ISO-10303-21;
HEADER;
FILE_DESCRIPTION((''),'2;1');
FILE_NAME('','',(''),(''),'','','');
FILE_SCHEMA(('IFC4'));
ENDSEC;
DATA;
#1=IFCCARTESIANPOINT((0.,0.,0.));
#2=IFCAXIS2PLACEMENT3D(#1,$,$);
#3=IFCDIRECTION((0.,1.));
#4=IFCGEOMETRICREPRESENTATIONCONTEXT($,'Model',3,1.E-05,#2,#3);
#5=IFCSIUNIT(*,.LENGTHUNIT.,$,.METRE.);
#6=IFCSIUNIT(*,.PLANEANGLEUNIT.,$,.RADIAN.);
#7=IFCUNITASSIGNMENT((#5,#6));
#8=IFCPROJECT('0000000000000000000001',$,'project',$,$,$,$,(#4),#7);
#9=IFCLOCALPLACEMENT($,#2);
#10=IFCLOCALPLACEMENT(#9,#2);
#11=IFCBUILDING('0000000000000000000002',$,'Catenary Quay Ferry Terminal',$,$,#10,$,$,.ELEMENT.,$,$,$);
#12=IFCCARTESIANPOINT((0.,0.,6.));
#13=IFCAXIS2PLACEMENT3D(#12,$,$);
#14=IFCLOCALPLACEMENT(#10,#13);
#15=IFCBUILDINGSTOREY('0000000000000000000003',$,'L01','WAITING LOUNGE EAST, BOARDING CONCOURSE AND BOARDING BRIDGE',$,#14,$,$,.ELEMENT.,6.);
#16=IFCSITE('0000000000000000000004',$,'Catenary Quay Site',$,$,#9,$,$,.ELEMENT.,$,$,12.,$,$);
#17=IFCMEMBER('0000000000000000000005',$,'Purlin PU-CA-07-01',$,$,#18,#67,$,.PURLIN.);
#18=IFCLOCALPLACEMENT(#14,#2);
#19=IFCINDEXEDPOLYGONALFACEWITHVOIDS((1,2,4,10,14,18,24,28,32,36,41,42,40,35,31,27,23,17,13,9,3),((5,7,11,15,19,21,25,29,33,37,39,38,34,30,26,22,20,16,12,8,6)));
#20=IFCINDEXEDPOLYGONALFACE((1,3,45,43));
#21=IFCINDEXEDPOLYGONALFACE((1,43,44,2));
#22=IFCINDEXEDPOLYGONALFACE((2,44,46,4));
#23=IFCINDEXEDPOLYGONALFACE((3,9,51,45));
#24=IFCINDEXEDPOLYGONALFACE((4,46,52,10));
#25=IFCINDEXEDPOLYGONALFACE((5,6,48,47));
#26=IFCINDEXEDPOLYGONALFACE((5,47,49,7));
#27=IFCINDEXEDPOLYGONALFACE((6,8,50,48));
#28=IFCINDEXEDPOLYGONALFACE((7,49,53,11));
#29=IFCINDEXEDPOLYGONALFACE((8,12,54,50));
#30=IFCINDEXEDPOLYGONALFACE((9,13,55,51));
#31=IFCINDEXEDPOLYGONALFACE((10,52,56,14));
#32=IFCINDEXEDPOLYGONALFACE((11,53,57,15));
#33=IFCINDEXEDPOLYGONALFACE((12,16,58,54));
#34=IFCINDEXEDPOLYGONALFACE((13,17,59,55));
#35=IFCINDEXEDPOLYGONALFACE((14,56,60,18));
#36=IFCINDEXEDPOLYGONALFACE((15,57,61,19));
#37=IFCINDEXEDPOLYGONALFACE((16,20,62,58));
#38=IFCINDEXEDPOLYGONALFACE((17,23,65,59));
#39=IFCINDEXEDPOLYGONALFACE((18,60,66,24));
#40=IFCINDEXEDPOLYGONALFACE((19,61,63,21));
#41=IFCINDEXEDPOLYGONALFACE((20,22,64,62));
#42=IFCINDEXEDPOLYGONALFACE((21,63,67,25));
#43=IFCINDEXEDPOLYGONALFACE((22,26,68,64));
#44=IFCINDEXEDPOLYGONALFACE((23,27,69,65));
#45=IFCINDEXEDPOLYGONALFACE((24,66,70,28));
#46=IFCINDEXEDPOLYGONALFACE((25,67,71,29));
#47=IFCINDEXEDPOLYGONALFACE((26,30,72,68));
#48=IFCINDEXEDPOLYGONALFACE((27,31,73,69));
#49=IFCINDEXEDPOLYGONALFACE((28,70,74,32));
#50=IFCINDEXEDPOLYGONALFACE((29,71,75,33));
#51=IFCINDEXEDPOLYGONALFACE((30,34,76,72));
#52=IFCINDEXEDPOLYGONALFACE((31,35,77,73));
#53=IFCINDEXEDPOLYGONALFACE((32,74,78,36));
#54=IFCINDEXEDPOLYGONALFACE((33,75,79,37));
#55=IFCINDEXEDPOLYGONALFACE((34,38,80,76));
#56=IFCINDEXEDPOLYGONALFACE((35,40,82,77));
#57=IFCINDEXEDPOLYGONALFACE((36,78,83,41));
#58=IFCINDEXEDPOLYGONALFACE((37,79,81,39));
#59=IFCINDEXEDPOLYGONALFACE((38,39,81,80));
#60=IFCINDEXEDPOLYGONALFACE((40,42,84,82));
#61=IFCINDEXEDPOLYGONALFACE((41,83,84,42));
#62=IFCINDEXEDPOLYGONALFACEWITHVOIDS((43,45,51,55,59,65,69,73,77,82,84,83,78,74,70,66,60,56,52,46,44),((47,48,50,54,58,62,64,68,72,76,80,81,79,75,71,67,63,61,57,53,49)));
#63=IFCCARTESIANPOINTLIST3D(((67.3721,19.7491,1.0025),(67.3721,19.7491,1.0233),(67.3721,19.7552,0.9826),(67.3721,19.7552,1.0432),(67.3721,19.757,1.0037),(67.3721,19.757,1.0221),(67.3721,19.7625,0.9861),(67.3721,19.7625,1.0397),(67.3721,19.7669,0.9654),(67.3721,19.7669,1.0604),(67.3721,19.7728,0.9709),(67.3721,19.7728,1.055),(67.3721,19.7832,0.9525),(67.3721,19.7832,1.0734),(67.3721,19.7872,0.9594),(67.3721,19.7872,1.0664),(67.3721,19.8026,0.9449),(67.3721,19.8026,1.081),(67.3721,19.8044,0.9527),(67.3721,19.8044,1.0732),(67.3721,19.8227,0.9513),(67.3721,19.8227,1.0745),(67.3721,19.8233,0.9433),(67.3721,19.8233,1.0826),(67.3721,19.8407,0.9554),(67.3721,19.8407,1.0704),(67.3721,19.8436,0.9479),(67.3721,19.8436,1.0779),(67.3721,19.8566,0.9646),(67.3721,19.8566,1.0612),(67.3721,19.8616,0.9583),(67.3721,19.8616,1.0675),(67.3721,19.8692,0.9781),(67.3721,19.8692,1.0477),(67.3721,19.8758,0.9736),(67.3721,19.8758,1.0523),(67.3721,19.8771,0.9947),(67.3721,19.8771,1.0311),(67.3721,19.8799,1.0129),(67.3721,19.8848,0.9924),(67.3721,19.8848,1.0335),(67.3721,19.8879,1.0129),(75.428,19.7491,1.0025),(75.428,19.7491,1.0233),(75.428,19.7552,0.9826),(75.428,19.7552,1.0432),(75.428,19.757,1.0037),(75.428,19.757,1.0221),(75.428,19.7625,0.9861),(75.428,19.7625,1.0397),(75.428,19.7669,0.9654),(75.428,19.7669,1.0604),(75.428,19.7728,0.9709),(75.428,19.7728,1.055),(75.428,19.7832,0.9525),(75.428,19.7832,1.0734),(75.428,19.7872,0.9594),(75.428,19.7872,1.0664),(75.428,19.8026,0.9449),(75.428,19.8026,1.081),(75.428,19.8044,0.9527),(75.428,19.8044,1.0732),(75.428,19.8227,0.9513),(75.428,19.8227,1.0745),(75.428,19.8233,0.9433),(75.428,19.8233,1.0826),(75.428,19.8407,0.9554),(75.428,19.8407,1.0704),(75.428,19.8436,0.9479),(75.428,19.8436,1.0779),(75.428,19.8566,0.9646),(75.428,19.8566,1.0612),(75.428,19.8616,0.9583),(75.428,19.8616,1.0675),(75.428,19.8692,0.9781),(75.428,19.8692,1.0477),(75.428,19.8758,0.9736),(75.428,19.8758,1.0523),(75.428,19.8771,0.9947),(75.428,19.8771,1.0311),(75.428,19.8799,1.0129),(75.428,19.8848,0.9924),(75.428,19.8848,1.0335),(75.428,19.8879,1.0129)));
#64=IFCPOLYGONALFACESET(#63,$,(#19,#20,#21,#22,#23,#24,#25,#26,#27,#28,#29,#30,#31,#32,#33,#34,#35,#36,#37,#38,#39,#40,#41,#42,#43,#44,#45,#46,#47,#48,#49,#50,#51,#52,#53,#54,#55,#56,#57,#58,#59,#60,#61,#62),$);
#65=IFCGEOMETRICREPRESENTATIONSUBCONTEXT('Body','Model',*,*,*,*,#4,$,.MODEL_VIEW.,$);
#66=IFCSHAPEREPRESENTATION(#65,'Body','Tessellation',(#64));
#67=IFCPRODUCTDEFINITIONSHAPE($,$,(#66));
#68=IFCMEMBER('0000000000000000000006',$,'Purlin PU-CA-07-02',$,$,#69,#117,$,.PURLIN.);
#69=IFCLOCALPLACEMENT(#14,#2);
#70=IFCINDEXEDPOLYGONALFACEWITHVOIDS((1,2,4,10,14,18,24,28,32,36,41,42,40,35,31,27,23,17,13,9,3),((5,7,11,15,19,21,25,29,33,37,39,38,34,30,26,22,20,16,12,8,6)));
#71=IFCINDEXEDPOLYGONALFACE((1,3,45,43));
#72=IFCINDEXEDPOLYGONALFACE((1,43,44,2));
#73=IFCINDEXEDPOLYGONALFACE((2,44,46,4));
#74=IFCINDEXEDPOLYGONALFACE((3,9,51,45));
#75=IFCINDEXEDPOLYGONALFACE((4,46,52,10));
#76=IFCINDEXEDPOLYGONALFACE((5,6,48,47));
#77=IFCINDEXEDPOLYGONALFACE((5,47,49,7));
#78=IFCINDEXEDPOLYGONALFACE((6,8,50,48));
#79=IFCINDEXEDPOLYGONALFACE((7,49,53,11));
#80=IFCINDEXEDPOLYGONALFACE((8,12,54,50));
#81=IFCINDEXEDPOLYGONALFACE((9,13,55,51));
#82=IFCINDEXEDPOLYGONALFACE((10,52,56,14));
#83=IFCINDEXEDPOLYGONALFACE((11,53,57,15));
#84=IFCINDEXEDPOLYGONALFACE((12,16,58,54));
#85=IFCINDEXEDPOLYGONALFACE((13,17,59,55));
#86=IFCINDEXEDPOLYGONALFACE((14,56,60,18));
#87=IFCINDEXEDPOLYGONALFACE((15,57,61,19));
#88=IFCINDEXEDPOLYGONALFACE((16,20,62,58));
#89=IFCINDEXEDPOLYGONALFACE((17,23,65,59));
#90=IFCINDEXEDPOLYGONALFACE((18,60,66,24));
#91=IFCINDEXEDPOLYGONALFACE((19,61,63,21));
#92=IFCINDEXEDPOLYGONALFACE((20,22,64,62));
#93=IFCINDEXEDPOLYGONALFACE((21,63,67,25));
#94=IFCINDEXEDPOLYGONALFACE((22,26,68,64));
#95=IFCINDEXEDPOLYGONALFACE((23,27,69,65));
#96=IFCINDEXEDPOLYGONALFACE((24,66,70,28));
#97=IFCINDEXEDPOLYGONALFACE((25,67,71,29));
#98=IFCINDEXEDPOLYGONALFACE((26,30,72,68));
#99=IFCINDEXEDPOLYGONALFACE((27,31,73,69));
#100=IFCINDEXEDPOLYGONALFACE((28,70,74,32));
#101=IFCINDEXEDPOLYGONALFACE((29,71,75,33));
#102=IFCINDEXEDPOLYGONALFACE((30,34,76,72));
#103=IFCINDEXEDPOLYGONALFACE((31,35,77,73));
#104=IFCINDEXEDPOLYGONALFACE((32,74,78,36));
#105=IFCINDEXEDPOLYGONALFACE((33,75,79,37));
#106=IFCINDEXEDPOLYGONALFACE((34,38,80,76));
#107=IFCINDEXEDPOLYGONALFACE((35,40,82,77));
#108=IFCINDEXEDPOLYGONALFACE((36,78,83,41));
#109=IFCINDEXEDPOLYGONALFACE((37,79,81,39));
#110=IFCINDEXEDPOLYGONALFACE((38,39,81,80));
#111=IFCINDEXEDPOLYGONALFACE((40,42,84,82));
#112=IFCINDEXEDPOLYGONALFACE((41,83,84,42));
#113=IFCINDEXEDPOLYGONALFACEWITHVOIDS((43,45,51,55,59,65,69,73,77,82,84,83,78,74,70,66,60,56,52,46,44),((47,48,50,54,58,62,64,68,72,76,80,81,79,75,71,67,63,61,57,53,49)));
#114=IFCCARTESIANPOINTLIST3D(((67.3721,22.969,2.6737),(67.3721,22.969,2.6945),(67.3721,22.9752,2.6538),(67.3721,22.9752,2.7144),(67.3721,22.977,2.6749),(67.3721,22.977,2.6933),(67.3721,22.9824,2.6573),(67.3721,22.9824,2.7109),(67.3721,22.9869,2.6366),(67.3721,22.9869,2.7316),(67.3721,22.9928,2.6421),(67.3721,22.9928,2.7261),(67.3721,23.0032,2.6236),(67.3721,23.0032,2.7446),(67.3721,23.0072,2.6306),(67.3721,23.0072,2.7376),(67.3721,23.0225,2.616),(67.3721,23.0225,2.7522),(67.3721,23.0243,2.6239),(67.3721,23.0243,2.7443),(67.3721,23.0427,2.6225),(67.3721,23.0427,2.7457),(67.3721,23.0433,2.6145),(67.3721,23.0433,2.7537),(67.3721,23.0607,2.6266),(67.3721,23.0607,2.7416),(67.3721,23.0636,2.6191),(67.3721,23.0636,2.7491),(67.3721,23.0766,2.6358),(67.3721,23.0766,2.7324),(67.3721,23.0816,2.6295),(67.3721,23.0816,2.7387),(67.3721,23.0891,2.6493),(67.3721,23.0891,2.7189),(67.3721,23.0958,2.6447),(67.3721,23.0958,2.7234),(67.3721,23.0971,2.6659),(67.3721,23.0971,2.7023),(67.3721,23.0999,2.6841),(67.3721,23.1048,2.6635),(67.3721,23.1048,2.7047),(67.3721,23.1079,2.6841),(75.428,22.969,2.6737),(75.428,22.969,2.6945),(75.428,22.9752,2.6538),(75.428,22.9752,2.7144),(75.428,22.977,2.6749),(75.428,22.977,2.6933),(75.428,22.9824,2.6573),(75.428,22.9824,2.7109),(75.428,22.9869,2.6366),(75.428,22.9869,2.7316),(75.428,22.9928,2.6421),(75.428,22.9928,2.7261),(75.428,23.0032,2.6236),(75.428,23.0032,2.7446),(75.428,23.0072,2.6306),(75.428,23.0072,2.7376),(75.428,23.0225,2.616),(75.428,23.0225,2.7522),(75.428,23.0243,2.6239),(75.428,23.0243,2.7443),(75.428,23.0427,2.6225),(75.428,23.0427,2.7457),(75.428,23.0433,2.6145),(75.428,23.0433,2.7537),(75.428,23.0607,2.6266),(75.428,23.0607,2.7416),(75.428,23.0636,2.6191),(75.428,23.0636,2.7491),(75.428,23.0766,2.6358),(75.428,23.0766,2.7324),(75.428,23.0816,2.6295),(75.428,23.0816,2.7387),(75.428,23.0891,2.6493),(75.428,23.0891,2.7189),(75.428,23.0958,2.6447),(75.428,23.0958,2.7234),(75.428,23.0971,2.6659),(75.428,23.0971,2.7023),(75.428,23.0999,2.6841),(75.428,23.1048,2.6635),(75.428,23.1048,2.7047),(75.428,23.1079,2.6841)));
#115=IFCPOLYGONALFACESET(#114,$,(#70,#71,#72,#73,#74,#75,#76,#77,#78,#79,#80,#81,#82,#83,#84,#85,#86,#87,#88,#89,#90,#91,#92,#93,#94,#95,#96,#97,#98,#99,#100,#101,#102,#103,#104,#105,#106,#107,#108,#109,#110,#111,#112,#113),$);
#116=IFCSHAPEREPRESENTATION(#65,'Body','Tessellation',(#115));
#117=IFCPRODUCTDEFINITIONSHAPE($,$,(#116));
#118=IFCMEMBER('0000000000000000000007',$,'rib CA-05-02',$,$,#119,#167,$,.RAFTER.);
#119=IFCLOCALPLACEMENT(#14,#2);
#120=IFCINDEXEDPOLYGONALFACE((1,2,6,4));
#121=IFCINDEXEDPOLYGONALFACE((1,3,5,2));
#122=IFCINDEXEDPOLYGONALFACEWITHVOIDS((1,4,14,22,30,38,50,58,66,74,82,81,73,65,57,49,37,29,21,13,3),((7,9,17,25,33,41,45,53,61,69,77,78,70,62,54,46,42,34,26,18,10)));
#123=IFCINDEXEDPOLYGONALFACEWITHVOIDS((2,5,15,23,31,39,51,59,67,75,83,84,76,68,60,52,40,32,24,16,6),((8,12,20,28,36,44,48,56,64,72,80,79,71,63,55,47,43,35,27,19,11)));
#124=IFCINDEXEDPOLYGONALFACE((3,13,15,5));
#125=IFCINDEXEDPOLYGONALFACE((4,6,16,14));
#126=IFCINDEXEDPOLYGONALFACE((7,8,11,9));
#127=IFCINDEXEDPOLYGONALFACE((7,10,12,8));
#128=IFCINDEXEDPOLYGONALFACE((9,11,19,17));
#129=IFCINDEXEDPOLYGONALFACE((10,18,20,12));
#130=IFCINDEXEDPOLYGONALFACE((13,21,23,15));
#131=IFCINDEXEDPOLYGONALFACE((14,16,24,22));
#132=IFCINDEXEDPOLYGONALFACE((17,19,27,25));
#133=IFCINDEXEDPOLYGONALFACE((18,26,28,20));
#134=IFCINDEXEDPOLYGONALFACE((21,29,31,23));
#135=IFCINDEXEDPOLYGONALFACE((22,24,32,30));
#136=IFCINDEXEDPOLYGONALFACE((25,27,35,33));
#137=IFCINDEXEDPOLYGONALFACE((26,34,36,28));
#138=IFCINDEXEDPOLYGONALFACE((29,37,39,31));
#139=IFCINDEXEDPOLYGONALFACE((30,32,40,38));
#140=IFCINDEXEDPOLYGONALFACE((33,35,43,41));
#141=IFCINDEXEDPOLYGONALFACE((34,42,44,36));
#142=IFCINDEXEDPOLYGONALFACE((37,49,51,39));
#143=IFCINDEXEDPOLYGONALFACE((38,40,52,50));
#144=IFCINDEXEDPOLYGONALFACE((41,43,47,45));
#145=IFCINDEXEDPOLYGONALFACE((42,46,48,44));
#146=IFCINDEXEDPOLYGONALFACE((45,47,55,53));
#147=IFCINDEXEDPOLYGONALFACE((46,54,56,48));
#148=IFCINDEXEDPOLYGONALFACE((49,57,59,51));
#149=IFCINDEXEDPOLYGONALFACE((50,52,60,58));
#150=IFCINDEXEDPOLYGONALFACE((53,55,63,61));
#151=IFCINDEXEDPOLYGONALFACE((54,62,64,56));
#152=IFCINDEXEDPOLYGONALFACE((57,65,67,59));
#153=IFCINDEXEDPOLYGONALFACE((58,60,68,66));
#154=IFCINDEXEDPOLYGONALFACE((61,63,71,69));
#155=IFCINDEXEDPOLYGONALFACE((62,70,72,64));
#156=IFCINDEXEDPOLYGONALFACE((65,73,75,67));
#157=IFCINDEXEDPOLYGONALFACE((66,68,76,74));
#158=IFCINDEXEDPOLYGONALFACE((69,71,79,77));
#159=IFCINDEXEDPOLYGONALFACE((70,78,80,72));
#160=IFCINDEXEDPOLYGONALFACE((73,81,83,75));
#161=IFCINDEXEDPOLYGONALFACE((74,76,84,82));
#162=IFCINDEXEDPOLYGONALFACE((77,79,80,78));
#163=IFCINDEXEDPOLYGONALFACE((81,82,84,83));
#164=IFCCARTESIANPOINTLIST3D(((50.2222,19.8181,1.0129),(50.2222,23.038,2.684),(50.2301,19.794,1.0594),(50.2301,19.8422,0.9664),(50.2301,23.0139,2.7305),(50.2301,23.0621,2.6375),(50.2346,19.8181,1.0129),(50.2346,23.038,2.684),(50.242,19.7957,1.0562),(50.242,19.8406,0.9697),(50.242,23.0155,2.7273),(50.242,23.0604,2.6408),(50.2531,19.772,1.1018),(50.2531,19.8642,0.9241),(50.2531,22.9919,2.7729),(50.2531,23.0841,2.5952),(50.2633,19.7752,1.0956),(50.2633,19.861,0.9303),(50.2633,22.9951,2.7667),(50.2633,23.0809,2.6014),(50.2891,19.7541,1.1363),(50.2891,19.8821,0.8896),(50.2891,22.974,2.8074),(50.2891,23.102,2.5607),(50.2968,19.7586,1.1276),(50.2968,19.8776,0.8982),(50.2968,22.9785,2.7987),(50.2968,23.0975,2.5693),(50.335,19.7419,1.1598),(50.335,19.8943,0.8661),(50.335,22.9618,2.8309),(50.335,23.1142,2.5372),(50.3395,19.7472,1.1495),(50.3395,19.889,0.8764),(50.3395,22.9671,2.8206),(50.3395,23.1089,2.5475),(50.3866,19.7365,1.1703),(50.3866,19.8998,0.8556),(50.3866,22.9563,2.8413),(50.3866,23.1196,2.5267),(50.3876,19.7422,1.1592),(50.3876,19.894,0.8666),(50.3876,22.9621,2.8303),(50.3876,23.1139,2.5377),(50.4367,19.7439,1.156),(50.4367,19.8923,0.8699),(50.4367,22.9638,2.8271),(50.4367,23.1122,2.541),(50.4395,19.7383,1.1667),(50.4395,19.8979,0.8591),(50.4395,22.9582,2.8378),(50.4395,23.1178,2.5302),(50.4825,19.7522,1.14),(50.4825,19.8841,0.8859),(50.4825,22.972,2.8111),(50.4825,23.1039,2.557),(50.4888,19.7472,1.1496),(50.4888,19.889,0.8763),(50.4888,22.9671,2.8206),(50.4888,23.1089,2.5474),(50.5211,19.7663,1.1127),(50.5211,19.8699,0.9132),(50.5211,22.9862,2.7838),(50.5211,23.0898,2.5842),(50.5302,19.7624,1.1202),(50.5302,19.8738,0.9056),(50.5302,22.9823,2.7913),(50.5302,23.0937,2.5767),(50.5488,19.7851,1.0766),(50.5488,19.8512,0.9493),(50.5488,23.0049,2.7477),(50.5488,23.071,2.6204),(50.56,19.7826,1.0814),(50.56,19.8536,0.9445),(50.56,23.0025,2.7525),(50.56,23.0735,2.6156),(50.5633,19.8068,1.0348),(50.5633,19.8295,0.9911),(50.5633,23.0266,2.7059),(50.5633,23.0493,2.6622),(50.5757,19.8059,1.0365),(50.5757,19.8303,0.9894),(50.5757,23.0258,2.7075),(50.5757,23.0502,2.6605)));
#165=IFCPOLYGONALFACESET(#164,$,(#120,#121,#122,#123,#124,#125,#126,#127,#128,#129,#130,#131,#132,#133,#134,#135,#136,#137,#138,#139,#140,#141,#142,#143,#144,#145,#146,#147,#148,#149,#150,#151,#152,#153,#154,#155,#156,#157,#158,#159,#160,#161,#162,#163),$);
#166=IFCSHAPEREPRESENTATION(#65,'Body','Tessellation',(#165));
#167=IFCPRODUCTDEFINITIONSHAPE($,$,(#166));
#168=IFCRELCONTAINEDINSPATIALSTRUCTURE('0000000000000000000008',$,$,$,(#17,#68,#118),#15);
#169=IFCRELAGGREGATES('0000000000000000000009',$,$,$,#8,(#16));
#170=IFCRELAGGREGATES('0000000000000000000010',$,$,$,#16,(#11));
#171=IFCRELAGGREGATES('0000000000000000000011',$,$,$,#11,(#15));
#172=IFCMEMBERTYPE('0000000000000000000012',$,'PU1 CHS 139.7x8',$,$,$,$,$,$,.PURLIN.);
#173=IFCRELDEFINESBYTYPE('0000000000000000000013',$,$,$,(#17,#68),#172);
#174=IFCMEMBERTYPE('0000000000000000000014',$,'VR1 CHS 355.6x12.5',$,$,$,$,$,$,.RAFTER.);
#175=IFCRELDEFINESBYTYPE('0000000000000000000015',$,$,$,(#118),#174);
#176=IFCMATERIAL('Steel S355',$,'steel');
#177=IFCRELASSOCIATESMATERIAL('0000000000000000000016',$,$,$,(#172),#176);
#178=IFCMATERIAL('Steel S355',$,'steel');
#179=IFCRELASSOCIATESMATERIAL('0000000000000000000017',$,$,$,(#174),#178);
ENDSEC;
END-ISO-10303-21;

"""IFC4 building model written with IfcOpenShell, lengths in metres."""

from ifc_helpers import new_model, si_unit, direction, frame, origin, origin_2d, place, context, subcontext, project, spatial, hollow_circle, extrude, material, material_profile, profile_set, type_object, element, save


model = new_model("IFC4")

# Units and contexts
model_context = context("Model", 3, precision=1e-05, world=origin(), true_north=direction((0.0, 1.0)))
body_context = subcontext(model_context, "Body", "Model", "MODEL_VIEW")
ifc_project = project(units=[si_unit("LENGTHUNIT", "METRE"), si_unit("PLANEANGLEUNIT", "RADIAN")], contexts=[model_context])

# Site, building, storey
site_placement = place(None, origin())
site = spatial("IfcSite", under=ifc_project, at=site_placement, Name="Catenary Quay Site", CompositionType="ELEMENT", RefElevation=12.0)
building_placement = place(site_placement, origin())
building = spatial("IfcBuilding", under=site, at=building_placement, Name="Catenary Quay Ferry Terminal", CompositionType="ELEMENT")
storey_placement = place(building_placement, frame((0.0, 0.0, 6.0)))
storey = spatial("IfcBuildingStorey", under=building, at=storey_placement, Name="L01", Description="WAITING LOUNGE EAST, BOARDING CONCOURSE AND BOARDING BRIDGE", CompositionType="ELEMENT", Elevation=6.0)

# Members
ifc_material_1 = material(Name="Steel S355", Category="steel")
ifc_material_profile_1 = material_profile(ifc_material_1, hollow_circle(Radius=0.0698, WallThickness=0.0081, at=origin_2d()), Name="CHS 139.7x8")
ifc_profile_set_1 = profile_set([ifc_material_profile_1], Name="Steel S355")
member_type_1 = type_object("IfcMemberType", Name="PU1 CHS 139.7x8", PredefinedType="PURLIN", material=ifc_profile_set_1)
for number, where, z_axis, x_axis, name in (
    (1, (67.3721, 19.8181, 1.0129), (1.0, 0.0, 0.0), (0.0, 1.0, 0.0), "Purlin PU-CA-07-01"),
    (2, (67.3721, 23.0381, 2.6841), (1.0, 0.0, 0.0), (0.0, 1.0, 0.0), "Purlin PU-CA-07-02"),
):
    element("IfcMember", number, at=place(storey_placement, frame(where, z_axis=z_axis, x_axis=x_axis)), inside=storey, type_object=member_type_1, Name=name, PredefinedType="PURLIN", context=body_context, shape_type="SweptSolid", body=[
        extrude(hollow_circle(Radius=0.0698, WallThickness=0.0081, at=origin_2d()), origin(), (0.0, 0.0, 1.0), 8.0559),
    ])
ifc_material_2 = material(Name="Steel S355", Category="steel")
ifc_material_profile_2 = material_profile(ifc_material_2, hollow_circle(Radius=0.1777, WallThickness=0.0125, at=origin_2d()), Name="CHS 355.6x12.5")
ifc_profile_set_2 = profile_set([ifc_material_profile_2], Name="Steel S355")
member_type_2 = type_object("IfcMemberType", Name="VR1 CHS 355.6x12.5", PredefinedType="RAFTER", material=ifc_profile_set_2)
member_1_placement = place(storey_placement, frame((50.3999, 19.8181, 1.0129), z_axis=(0.0, 0.887582, 0.460649), x_axis=(-1.0, 0.0, 0.0)))
element("IfcMember", 3, at=member_1_placement, inside=storey, type_object=member_type_2, Name="rib CA-05-02", PredefinedType="RAFTER", context=body_context, shape_type="SweptSolid", body=[
    extrude(hollow_circle(Radius=0.1777, WallThickness=0.0125, at=origin_2d()), origin(), (0.0, 0.0, 1.0), 3.6277),
])

save(model, "model.ifc")
